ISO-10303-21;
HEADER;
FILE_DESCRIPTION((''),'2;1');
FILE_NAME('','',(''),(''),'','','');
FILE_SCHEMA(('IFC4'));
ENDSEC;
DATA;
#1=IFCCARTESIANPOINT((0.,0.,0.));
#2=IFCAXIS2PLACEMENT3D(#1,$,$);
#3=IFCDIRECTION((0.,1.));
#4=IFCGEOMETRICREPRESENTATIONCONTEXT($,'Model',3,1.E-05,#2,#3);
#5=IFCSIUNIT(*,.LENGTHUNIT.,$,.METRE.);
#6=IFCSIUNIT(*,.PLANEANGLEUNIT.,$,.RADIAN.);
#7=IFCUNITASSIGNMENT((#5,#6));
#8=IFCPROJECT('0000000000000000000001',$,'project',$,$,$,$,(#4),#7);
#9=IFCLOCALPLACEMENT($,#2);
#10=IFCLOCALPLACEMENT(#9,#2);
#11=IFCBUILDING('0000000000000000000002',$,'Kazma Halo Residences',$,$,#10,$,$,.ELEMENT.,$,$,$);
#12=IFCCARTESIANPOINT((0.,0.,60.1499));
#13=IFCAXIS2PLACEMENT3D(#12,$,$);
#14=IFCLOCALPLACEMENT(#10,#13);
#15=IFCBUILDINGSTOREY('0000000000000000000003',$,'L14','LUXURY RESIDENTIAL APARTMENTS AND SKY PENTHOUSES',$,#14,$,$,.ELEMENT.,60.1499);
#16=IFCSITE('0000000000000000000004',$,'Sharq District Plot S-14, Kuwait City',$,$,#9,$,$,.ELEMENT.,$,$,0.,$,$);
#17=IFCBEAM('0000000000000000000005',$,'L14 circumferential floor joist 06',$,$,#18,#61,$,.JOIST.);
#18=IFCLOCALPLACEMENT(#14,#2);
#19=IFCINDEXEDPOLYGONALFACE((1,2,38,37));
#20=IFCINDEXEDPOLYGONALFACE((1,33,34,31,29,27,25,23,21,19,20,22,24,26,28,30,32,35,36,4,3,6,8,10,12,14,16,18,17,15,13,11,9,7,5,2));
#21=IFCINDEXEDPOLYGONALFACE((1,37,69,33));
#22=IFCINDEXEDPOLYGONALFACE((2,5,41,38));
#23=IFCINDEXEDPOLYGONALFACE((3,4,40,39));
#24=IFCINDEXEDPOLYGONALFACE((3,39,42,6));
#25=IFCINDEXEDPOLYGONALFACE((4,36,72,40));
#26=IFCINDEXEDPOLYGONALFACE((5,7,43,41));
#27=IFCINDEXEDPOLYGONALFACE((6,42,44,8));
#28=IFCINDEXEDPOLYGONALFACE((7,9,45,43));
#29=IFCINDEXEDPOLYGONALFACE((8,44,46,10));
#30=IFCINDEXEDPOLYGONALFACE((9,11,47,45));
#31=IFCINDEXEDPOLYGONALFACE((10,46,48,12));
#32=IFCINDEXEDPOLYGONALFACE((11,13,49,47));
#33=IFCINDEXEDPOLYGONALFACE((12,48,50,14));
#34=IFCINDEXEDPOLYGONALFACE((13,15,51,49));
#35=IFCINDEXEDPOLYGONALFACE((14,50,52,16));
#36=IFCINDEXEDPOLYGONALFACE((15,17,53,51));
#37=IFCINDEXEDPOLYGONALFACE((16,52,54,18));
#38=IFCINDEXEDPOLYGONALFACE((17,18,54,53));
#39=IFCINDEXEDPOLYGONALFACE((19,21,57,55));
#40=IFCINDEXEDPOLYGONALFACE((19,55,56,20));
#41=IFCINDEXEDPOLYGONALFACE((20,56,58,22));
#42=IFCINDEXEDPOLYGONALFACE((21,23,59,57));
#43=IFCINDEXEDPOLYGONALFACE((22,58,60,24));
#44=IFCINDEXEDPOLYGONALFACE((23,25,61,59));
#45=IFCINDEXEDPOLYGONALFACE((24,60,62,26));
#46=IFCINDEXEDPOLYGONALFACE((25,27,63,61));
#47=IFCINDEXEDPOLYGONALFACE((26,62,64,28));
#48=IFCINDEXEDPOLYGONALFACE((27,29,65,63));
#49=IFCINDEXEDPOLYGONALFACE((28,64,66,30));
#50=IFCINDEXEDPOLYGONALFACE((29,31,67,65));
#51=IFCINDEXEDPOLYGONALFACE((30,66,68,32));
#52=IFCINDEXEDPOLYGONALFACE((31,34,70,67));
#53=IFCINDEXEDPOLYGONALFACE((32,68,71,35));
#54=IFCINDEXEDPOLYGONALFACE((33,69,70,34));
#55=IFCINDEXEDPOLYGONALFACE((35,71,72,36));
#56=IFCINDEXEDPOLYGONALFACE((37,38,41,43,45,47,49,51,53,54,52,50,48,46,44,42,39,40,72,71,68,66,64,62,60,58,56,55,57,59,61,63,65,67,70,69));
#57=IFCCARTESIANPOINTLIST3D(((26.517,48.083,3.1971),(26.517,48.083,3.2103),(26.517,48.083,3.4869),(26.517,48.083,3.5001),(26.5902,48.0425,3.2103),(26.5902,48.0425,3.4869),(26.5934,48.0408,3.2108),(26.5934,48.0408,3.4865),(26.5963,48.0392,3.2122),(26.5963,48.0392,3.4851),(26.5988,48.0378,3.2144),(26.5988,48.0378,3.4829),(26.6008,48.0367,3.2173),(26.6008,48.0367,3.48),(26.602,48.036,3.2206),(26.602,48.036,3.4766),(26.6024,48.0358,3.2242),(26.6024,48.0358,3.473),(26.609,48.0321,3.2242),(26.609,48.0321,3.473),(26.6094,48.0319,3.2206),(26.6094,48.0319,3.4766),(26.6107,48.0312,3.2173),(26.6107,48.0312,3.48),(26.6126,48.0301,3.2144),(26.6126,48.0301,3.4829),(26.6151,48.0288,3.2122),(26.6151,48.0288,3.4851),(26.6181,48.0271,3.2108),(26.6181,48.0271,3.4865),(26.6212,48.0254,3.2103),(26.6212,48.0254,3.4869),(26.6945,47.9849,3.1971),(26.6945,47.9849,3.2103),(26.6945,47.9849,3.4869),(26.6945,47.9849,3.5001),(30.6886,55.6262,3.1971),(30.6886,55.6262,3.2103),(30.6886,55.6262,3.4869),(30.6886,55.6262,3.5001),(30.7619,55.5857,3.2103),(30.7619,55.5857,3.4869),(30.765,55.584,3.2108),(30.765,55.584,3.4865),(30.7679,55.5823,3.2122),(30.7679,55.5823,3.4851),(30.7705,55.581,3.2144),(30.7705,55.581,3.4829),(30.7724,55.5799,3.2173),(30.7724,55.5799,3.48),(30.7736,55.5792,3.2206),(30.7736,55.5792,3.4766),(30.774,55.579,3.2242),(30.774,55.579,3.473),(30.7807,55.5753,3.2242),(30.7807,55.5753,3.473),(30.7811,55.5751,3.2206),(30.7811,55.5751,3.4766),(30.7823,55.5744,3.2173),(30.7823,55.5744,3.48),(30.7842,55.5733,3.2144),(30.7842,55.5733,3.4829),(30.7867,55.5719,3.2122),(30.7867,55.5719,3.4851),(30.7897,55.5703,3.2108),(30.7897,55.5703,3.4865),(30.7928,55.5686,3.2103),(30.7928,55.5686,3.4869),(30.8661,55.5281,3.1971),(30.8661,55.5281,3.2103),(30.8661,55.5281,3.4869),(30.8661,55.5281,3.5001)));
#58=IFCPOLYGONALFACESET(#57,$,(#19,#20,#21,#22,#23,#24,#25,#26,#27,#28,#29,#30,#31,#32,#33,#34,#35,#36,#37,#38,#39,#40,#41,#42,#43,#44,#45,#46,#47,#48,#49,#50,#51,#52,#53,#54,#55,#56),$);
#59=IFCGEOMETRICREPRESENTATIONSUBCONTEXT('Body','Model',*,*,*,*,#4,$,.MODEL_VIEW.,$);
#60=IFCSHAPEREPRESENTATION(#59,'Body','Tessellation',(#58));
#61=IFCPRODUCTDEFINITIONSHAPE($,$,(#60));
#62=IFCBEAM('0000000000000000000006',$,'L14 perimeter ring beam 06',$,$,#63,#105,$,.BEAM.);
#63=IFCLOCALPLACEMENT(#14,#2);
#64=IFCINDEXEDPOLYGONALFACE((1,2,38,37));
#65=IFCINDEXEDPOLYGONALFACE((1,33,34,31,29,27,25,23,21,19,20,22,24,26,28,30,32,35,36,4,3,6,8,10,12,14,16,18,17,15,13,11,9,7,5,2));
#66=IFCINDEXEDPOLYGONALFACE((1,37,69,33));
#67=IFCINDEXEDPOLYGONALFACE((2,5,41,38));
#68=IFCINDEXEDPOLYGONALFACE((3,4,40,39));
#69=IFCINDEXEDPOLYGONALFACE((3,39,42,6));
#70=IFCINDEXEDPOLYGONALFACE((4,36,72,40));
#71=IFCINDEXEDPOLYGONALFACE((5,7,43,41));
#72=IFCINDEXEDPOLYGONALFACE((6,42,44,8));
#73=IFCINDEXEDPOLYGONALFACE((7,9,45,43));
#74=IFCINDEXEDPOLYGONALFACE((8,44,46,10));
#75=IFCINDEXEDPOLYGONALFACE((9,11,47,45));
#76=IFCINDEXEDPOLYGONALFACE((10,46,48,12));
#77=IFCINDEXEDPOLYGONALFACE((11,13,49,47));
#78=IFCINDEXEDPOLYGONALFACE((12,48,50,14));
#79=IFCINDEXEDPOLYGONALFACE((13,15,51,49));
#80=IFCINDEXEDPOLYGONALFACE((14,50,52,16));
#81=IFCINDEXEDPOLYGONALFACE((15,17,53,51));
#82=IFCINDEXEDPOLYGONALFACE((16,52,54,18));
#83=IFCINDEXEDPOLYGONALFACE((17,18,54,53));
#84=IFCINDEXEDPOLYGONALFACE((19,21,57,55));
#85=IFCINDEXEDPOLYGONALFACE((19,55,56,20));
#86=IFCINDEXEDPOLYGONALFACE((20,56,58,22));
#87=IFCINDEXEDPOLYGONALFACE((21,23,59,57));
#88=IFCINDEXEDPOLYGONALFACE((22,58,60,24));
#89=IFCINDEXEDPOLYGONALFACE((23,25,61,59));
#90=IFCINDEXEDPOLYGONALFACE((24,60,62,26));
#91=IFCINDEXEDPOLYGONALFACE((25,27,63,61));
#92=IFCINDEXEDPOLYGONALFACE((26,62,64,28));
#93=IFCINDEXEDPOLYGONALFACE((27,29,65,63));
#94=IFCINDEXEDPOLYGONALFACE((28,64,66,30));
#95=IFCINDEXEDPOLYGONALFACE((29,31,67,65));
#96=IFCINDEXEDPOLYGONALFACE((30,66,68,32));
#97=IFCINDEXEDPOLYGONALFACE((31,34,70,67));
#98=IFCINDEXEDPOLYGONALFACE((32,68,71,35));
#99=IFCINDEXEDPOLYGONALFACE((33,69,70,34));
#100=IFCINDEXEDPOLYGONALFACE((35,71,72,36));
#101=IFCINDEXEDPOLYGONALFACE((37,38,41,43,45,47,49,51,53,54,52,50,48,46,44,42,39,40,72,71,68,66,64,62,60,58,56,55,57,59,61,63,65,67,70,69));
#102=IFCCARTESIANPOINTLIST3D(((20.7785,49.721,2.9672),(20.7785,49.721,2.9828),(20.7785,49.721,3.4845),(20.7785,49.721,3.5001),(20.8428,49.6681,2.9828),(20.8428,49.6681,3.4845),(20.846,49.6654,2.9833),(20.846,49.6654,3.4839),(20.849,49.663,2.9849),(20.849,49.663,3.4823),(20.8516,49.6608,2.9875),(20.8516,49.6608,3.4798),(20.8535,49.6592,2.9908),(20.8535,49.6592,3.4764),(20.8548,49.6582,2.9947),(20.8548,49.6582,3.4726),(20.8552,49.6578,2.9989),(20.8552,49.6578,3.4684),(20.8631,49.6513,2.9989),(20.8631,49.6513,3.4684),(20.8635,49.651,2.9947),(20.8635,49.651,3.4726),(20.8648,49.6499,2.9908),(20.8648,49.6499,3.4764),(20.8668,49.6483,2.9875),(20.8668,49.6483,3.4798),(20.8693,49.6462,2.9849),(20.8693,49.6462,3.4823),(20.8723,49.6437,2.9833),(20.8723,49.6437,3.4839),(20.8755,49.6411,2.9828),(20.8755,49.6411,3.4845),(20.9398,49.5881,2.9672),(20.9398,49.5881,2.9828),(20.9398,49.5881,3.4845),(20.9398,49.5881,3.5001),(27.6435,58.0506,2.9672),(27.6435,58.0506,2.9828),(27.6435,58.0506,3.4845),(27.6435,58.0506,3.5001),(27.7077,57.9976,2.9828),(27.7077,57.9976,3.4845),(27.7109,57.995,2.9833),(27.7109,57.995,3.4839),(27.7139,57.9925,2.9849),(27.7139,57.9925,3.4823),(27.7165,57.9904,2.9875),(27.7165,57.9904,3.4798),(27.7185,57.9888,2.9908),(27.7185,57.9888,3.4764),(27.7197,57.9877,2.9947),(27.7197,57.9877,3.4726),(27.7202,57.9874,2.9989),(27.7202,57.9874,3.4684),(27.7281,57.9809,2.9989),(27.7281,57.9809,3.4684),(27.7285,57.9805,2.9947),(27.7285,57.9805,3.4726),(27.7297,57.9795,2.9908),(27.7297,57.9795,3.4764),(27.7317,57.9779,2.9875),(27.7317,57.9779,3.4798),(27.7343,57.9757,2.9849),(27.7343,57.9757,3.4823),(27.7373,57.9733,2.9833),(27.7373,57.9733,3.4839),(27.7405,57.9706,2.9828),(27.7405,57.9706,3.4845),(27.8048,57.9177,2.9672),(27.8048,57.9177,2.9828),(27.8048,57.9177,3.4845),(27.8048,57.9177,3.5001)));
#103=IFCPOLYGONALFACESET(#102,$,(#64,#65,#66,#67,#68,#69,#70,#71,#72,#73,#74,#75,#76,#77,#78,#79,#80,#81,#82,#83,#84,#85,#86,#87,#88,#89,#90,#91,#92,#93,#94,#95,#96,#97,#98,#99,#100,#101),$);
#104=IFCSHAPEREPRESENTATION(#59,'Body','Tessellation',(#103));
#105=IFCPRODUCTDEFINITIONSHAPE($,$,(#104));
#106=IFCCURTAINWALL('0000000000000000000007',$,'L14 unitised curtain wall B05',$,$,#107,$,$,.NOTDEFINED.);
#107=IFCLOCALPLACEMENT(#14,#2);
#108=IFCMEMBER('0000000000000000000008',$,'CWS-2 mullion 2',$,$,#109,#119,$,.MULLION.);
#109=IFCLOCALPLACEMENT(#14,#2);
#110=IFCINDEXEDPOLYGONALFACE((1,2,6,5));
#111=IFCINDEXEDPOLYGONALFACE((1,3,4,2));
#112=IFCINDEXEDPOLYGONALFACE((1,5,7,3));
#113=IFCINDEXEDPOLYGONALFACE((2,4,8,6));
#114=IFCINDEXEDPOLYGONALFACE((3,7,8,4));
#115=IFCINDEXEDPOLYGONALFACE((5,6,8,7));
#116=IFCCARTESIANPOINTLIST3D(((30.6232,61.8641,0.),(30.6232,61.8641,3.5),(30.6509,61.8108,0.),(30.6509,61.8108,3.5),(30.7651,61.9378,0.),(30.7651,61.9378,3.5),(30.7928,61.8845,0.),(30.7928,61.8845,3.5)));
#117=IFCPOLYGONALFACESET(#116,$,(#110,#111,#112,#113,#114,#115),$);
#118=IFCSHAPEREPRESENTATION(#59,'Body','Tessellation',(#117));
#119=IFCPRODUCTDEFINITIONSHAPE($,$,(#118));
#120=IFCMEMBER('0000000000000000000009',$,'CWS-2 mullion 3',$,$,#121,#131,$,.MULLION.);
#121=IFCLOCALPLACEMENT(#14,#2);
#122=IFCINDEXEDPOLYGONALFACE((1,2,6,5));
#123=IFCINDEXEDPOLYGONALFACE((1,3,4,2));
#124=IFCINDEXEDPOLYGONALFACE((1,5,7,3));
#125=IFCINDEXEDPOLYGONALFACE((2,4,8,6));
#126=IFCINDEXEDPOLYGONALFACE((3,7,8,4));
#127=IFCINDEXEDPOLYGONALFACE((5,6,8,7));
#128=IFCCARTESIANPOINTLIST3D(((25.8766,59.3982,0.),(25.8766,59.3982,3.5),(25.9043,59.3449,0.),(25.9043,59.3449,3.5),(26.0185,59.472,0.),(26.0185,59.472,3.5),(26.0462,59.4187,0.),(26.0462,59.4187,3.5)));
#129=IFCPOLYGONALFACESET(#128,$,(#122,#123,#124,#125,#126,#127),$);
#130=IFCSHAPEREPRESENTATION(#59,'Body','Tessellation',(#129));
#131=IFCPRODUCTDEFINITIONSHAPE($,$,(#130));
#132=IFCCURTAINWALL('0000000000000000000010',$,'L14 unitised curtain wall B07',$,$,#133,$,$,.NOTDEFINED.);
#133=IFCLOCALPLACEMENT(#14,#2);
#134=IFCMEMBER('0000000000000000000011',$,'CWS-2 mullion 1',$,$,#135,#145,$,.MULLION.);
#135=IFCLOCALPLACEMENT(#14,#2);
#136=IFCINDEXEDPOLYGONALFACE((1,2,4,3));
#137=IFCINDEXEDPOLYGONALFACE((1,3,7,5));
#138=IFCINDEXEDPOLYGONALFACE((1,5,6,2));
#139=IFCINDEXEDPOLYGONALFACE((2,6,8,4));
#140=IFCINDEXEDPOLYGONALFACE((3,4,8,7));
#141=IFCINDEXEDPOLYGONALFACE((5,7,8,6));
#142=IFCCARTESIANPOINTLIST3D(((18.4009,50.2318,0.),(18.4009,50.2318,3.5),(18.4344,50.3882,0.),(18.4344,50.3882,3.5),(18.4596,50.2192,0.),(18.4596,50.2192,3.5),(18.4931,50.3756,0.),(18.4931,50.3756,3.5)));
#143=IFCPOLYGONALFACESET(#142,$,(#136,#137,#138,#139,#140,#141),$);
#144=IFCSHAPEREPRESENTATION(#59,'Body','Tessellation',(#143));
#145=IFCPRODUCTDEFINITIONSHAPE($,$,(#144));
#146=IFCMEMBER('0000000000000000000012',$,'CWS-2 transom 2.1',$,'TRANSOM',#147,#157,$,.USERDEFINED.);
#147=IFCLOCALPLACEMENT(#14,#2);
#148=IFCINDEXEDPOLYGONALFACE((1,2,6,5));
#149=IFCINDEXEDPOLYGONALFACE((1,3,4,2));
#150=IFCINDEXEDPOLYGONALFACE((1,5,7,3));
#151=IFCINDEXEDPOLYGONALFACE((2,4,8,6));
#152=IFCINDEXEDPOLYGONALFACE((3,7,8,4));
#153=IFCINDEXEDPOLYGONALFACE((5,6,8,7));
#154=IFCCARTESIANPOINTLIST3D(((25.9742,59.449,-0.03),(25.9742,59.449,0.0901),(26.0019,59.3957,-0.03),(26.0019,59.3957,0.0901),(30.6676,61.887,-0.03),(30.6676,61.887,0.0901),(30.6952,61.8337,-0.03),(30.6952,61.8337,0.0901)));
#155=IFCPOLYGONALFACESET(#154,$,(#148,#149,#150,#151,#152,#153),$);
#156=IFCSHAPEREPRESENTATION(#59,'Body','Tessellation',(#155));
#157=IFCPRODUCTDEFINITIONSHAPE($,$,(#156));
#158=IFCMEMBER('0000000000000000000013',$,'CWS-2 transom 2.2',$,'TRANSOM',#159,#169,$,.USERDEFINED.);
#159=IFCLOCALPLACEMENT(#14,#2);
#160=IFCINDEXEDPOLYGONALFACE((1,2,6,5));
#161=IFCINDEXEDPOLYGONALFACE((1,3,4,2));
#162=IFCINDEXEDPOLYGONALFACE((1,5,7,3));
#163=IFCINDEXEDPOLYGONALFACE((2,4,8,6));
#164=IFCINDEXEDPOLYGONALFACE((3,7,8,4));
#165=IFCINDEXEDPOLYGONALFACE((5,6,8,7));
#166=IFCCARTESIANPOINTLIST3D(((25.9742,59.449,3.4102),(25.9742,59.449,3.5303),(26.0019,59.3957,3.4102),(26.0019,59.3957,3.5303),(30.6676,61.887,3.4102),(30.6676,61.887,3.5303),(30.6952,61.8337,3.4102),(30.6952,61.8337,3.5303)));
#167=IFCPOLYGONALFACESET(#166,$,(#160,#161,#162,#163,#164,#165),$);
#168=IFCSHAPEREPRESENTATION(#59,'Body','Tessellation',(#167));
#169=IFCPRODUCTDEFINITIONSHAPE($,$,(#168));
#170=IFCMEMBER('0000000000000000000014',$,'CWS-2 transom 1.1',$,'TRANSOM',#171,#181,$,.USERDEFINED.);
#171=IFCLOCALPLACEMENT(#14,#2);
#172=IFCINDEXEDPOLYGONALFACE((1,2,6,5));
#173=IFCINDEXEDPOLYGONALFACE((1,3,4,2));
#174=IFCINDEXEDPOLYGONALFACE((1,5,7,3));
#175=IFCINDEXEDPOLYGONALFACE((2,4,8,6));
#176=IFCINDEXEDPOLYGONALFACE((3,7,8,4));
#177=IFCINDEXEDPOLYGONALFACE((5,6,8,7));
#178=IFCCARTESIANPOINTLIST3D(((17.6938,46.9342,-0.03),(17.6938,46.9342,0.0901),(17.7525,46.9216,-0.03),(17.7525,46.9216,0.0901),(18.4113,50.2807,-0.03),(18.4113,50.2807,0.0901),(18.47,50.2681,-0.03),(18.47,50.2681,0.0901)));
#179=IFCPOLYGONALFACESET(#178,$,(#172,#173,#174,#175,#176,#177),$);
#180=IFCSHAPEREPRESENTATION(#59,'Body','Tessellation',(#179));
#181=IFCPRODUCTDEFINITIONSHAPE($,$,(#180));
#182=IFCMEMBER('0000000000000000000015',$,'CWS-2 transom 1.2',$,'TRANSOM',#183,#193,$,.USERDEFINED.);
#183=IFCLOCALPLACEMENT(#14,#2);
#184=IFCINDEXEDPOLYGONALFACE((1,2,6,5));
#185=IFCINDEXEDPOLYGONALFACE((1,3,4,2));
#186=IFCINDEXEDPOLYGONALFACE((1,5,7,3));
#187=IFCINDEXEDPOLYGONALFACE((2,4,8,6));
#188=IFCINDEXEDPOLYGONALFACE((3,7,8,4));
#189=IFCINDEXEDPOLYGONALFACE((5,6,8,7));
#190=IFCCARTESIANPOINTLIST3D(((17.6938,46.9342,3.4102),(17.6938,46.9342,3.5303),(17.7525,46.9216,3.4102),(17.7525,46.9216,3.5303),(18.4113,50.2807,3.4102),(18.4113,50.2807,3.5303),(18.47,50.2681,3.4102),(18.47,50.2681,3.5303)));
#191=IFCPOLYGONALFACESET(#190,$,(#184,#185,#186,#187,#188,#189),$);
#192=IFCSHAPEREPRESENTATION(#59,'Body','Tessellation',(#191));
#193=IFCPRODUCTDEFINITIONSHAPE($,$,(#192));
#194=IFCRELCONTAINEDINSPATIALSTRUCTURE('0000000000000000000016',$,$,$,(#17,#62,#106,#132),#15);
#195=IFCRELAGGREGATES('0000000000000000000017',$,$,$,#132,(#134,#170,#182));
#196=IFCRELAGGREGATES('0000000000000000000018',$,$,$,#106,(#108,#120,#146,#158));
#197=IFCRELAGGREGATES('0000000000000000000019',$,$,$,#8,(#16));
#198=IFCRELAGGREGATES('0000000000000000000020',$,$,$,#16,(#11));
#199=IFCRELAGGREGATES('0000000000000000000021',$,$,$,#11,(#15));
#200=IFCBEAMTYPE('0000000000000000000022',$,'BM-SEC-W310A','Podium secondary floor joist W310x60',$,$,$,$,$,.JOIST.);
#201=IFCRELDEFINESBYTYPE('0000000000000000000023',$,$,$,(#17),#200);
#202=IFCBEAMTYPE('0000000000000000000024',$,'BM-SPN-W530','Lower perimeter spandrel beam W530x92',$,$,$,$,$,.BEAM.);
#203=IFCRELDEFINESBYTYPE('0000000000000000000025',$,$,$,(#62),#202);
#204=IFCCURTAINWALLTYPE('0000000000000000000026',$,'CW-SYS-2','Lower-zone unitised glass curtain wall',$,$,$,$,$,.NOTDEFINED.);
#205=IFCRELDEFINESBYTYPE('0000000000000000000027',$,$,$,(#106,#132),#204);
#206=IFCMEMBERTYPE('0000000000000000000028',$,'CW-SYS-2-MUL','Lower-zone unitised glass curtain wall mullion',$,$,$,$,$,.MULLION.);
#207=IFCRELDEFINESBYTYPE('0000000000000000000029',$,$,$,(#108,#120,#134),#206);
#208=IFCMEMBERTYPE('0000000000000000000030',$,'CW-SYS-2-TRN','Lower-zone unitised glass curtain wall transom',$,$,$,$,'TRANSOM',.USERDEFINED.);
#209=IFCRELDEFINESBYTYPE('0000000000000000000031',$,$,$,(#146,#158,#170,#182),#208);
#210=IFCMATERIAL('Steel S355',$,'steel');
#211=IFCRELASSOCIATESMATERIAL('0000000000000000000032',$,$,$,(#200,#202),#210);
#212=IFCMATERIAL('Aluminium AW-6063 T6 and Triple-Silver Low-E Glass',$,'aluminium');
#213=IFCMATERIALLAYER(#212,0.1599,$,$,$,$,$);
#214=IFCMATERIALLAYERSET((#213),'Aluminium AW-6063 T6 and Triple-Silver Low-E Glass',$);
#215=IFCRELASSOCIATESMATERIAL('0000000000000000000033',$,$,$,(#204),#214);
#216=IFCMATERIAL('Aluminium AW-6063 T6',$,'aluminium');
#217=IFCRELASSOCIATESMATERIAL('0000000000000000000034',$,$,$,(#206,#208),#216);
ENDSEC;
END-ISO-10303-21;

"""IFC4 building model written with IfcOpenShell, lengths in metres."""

from ifc_helpers import new_model, si_unit, direction, frame, origin, origin_2d, place, context, subcontext, project, spatial, rectangle, i_section, extrude, material, layer, layer_set, material_profile, profile_set, type_object, element, aggregate, save


model = new_model("IFC4")

# Units and contexts
model_context = context("Model", 3, precision=1e-05, world=origin(), true_north=direction((0.0, 1.0)))
body_context = subcontext(model_context, "Body", "Model", "MODEL_VIEW")
ifc_project = project(units=[si_unit("LENGTHUNIT", "METRE"), si_unit("PLANEANGLEUNIT", "RADIAN")], contexts=[model_context])

# Site, building, storey
site_placement = place(None, origin())
site = spatial("IfcSite", under=ifc_project, at=site_placement, Name="Sharq District Plot S-14, Kuwait City", CompositionType="ELEMENT", RefElevation=0.0)
building_placement = place(site_placement, origin())
building = spatial("IfcBuilding", under=site, at=building_placement, Name="Kazma Halo Residences", CompositionType="ELEMENT")
storey_placement = place(building_placement, frame((0.0, 0.0, 60.1499)))
storey = spatial("IfcBuildingStorey", under=building, at=storey_placement, Name="L14", Description="LUXURY RESIDENTIAL APARTMENTS AND SKY PENTHOUSES", CompositionType="ELEMENT", Elevation=60.1499)

# Beams
ifc_material_1 = material(Name="Steel S355", Category="steel")
ifc_material_profile_1 = material_profile(ifc_material_1, i_section(OverallWidth=0.2029, OverallDepth=0.303, WebThickness=0.0076, FlangeThickness=0.0132, FilletRadius=0.0139, at=origin_2d()), Name="W310x60")
ifc_profile_set_1 = profile_set([ifc_material_profile_1], Name="Steel S355")
beam_type_1 = type_object("IfcBeamType", Name="BM-SEC-W310A", Description="Podium secondary floor joist W310x60", PredefinedType="JOIST", material=ifc_profile_set_1)
beam_1_placement = place(storey_placement, frame((30.7773, 55.5771, 3.3486), z_axis=(-0.483954, -0.875094, 0.0), x_axis=(0.875094, -0.483954, 0.0)))
element("IfcBeam", 1, at=beam_1_placement, inside=storey, type_object=beam_type_1, Name="L14 circumferential floor joist 06", PredefinedType="JOIST", context=body_context, shape_type="SweptSolid", body=[
    extrude(i_section(OverallWidth=0.2029, OverallDepth=0.303, WebThickness=0.0076, FlangeThickness=0.0132, FilletRadius=0.0139, at=origin_2d()), origin(), (0.0, 0.0, 1.0), 8.6199),
])
ifc_material_profile_2 = material_profile(ifc_material_1, i_section(OverallWidth=0.209, OverallDepth=0.533, WebThickness=0.0103, FlangeThickness=0.0156, FilletRadius=0.0161, at=origin_2d()), Name="W530x92")
ifc_profile_set_2 = profile_set([ifc_material_profile_2], Name="Steel S355")
beam_type_2 = type_object("IfcBeamType", Name="BM-SPN-W530", Description="Lower perimeter spandrel beam W530x92", PredefinedType="BEAM", material=ifc_profile_set_2)
beam_2_placement = place(storey_placement, frame((27.7241, 57.9841, 3.2336), z_axis=(-0.636001, -0.771688, 0.0), x_axis=(0.771688, -0.636001, 0.0)))
element("IfcBeam", 2, at=beam_2_placement, inside=storey, type_object=beam_type_2, Name="L14 perimeter ring beam 06", PredefinedType="BEAM", context=body_context, shape_type="SweptSolid", body=[
    extrude(i_section(OverallWidth=0.209, OverallDepth=0.533, WebThickness=0.0103, FlangeThickness=0.0156, FilletRadius=0.0161, at=origin_2d()), origin(), (0.0, 0.0, 1.0), 10.7939),
])

# Curtain wall, members
ifc_material_2 = material(Name="Aluminium AW-6063 T6 and Triple-Silver Low-E Glass", Category="aluminium")
ifc_layer_1 = layer(ifc_material_2, 0.1599)
ifc_layer_set_1 = layer_set([ifc_layer_1], Name="Aluminium AW-6063 T6 and Triple-Silver Low-E Glass")
curtain_wall_type = type_object("IfcCurtainWallType", Name="CW-SYS-2", Description="Lower-zone unitised glass curtain wall", PredefinedType="NOTDEFINED", material=ifc_layer_set_1)
curtain_wall_1_placement = place(storey_placement, origin())
curtain_wall_1 = element("IfcCurtainWall", 3, at=curtain_wall_1_placement, inside=storey, type_object=curtain_wall_type, Name="L14 unitised curtain wall B05", PredefinedType="NOTDEFINED")
ifc_material_3 = material(Name="Aluminium AW-6063 T6", Category="aluminium")
ifc_material_profile_3 = material_profile(ifc_material_3, rectangle(XDim=0.0601, YDim=0.1599, at=origin_2d()), Name="CWM-60x160")
ifc_profile_set_3 = profile_set([ifc_material_profile_3], Name="Aluminium AW-6063 T6")
member_type_1 = type_object("IfcMemberType", Name="CW-SYS-2-MUL", Description="Lower-zone unitised glass curtain wall mullion", PredefinedType="MULLION", material=ifc_profile_set_3)
member_1_placement = place(storey_placement, frame((30.708, 61.8743, 0.0), z_axis=(0.0, 0.0, 1.0), x_axis=(0.460996, -0.887402, 0.0)))
member_1 = element("IfcMember", 4, at=member_1_placement, type_object=member_type_1, Name="CWS-2 mullion 2", PredefinedType="MULLION", context=body_context, shape_type="SweptSolid", body=[
    extrude(rectangle(XDim=0.0601, YDim=0.1599, at=origin_2d()), origin(), (0.0, 0.0, 1.0), 3.5),
])
member_2_placement = place(storey_placement, frame((25.9614, 59.4084, 0.0), z_axis=(0.0, 0.0, 1.0), x_axis=(0.460996, -0.887402, 0.0)))
member_2 = element("IfcMember", 5, at=member_2_placement, type_object=member_type_1, Name="CWS-2 mullion 3", PredefinedType="MULLION", context=body_context, shape_type="SweptSolid", body=[
    extrude(rectangle(XDim=0.0601, YDim=0.1599, at=origin_2d()), origin(), (0.0, 0.0, 1.0), 3.5),
])

# Curtain wall, member
curtain_wall_2_placement = place(storey_placement, origin())
curtain_wall_2 = element("IfcCurtainWall", 6, at=curtain_wall_2_placement, inside=storey, type_object=curtain_wall_type, Name="L14 unitised curtain wall B07", PredefinedType="NOTDEFINED")
member_3_placement = place(storey_placement, frame((18.447, 50.3037, 0.0), z_axis=(0.0, 0.0, 1.0), x_axis=(0.977779, -0.209637, 0.0)))
member_3 = element("IfcMember", 7, at=member_3_placement, type_object=member_type_1, Name="CWS-2 mullion 1", PredefinedType="MULLION", context=body_context, shape_type="SweptSolid", body=[
    extrude(rectangle(XDim=0.0601, YDim=0.1599, at=origin_2d()), origin(), (0.0, 0.0, 1.0), 3.5),
])

# Members
ifc_material_profile_4 = material_profile(ifc_material_3, rectangle(XDim=0.0601, YDim=0.1201, at=origin_2d()), Name="CWT-60x120")
ifc_profile_set_4 = profile_set([ifc_material_profile_4], Name="Aluminium AW-6063 T6")
member_type_2 = type_object("IfcMemberType", Name="CW-SYS-2-TRN", Description="Lower-zone unitised glass curtain wall transom", ElementType="TRANSOM", PredefinedType="USERDEFINED", material=ifc_profile_set_4)
member_4_placement = place(storey_placement, frame((30.6814, 61.8604, 0.03), z_axis=(-0.887415, -0.460972, 0.0), x_axis=(0.460972, -0.887415, 0.0)))
member_4 = element("IfcMember", 8, at=member_4_placement, type_object=member_type_2, Name="CWS-2 transom 2.1", ObjectType="TRANSOM", PredefinedType="USERDEFINED", context=body_context, shape_type="SweptSolid", body=[
    extrude(rectangle(XDim=0.0601, YDim=0.1201, at=origin_2d()), origin(), (0.0, 0.0, 1.0), 5.2888),
])
member_5_placement = place(storey_placement, frame((30.6814, 61.8604, 3.4702), z_axis=(-0.887415, -0.460972, 0.0), x_axis=(0.460972, -0.887415, 0.0)))
member_5 = element("IfcMember", 9, at=member_5_placement, type_object=member_type_2, Name="CWS-2 transom 2.2", ObjectType="TRANSOM", PredefinedType="USERDEFINED", context=body_context, shape_type="SweptSolid", body=[
    extrude(rectangle(XDim=0.0601, YDim=0.1201, at=origin_2d()), origin(), (0.0, 0.0, 1.0), 5.2888),
])
member_6_placement = place(storey_placement, frame((18.4407, 50.2744, 0.03), z_axis=(-0.209651, -0.977776, 0.0), x_axis=(0.977776, -0.209651, 0.0)))
member_6 = element("IfcMember", 10, at=member_6_placement, type_object=member_type_2, Name="CWS-2 transom 1.1", ObjectType="TRANSOM", PredefinedType="USERDEFINED", context=body_context, shape_type="SweptSolid", body=[
    extrude(rectangle(XDim=0.0601, YDim=0.1201, at=origin_2d()), origin(), (0.0, 0.0, 1.0), 3.4226),
])
member_7_placement = place(storey_placement, frame((18.4407, 50.2744, 3.4702), z_axis=(-0.209651, -0.977776, 0.0), x_axis=(0.977776, -0.209651, 0.0)))
member_7 = element("IfcMember", 11, at=member_7_placement, type_object=member_type_2, Name="CWS-2 transom 1.2", ObjectType="TRANSOM", PredefinedType="USERDEFINED", context=body_context, shape_type="SweptSolid", body=[
    extrude(rectangle(XDim=0.0601, YDim=0.1201, at=origin_2d()), origin(), (0.0, 0.0, 1.0), 3.4226),
])
aggregate(curtain_wall_2, [member_3, member_6, member_7])

aggregate(curtain_wall_1, [member_1, member_2, member_4, member_5])

save(model, "model.ifc")
